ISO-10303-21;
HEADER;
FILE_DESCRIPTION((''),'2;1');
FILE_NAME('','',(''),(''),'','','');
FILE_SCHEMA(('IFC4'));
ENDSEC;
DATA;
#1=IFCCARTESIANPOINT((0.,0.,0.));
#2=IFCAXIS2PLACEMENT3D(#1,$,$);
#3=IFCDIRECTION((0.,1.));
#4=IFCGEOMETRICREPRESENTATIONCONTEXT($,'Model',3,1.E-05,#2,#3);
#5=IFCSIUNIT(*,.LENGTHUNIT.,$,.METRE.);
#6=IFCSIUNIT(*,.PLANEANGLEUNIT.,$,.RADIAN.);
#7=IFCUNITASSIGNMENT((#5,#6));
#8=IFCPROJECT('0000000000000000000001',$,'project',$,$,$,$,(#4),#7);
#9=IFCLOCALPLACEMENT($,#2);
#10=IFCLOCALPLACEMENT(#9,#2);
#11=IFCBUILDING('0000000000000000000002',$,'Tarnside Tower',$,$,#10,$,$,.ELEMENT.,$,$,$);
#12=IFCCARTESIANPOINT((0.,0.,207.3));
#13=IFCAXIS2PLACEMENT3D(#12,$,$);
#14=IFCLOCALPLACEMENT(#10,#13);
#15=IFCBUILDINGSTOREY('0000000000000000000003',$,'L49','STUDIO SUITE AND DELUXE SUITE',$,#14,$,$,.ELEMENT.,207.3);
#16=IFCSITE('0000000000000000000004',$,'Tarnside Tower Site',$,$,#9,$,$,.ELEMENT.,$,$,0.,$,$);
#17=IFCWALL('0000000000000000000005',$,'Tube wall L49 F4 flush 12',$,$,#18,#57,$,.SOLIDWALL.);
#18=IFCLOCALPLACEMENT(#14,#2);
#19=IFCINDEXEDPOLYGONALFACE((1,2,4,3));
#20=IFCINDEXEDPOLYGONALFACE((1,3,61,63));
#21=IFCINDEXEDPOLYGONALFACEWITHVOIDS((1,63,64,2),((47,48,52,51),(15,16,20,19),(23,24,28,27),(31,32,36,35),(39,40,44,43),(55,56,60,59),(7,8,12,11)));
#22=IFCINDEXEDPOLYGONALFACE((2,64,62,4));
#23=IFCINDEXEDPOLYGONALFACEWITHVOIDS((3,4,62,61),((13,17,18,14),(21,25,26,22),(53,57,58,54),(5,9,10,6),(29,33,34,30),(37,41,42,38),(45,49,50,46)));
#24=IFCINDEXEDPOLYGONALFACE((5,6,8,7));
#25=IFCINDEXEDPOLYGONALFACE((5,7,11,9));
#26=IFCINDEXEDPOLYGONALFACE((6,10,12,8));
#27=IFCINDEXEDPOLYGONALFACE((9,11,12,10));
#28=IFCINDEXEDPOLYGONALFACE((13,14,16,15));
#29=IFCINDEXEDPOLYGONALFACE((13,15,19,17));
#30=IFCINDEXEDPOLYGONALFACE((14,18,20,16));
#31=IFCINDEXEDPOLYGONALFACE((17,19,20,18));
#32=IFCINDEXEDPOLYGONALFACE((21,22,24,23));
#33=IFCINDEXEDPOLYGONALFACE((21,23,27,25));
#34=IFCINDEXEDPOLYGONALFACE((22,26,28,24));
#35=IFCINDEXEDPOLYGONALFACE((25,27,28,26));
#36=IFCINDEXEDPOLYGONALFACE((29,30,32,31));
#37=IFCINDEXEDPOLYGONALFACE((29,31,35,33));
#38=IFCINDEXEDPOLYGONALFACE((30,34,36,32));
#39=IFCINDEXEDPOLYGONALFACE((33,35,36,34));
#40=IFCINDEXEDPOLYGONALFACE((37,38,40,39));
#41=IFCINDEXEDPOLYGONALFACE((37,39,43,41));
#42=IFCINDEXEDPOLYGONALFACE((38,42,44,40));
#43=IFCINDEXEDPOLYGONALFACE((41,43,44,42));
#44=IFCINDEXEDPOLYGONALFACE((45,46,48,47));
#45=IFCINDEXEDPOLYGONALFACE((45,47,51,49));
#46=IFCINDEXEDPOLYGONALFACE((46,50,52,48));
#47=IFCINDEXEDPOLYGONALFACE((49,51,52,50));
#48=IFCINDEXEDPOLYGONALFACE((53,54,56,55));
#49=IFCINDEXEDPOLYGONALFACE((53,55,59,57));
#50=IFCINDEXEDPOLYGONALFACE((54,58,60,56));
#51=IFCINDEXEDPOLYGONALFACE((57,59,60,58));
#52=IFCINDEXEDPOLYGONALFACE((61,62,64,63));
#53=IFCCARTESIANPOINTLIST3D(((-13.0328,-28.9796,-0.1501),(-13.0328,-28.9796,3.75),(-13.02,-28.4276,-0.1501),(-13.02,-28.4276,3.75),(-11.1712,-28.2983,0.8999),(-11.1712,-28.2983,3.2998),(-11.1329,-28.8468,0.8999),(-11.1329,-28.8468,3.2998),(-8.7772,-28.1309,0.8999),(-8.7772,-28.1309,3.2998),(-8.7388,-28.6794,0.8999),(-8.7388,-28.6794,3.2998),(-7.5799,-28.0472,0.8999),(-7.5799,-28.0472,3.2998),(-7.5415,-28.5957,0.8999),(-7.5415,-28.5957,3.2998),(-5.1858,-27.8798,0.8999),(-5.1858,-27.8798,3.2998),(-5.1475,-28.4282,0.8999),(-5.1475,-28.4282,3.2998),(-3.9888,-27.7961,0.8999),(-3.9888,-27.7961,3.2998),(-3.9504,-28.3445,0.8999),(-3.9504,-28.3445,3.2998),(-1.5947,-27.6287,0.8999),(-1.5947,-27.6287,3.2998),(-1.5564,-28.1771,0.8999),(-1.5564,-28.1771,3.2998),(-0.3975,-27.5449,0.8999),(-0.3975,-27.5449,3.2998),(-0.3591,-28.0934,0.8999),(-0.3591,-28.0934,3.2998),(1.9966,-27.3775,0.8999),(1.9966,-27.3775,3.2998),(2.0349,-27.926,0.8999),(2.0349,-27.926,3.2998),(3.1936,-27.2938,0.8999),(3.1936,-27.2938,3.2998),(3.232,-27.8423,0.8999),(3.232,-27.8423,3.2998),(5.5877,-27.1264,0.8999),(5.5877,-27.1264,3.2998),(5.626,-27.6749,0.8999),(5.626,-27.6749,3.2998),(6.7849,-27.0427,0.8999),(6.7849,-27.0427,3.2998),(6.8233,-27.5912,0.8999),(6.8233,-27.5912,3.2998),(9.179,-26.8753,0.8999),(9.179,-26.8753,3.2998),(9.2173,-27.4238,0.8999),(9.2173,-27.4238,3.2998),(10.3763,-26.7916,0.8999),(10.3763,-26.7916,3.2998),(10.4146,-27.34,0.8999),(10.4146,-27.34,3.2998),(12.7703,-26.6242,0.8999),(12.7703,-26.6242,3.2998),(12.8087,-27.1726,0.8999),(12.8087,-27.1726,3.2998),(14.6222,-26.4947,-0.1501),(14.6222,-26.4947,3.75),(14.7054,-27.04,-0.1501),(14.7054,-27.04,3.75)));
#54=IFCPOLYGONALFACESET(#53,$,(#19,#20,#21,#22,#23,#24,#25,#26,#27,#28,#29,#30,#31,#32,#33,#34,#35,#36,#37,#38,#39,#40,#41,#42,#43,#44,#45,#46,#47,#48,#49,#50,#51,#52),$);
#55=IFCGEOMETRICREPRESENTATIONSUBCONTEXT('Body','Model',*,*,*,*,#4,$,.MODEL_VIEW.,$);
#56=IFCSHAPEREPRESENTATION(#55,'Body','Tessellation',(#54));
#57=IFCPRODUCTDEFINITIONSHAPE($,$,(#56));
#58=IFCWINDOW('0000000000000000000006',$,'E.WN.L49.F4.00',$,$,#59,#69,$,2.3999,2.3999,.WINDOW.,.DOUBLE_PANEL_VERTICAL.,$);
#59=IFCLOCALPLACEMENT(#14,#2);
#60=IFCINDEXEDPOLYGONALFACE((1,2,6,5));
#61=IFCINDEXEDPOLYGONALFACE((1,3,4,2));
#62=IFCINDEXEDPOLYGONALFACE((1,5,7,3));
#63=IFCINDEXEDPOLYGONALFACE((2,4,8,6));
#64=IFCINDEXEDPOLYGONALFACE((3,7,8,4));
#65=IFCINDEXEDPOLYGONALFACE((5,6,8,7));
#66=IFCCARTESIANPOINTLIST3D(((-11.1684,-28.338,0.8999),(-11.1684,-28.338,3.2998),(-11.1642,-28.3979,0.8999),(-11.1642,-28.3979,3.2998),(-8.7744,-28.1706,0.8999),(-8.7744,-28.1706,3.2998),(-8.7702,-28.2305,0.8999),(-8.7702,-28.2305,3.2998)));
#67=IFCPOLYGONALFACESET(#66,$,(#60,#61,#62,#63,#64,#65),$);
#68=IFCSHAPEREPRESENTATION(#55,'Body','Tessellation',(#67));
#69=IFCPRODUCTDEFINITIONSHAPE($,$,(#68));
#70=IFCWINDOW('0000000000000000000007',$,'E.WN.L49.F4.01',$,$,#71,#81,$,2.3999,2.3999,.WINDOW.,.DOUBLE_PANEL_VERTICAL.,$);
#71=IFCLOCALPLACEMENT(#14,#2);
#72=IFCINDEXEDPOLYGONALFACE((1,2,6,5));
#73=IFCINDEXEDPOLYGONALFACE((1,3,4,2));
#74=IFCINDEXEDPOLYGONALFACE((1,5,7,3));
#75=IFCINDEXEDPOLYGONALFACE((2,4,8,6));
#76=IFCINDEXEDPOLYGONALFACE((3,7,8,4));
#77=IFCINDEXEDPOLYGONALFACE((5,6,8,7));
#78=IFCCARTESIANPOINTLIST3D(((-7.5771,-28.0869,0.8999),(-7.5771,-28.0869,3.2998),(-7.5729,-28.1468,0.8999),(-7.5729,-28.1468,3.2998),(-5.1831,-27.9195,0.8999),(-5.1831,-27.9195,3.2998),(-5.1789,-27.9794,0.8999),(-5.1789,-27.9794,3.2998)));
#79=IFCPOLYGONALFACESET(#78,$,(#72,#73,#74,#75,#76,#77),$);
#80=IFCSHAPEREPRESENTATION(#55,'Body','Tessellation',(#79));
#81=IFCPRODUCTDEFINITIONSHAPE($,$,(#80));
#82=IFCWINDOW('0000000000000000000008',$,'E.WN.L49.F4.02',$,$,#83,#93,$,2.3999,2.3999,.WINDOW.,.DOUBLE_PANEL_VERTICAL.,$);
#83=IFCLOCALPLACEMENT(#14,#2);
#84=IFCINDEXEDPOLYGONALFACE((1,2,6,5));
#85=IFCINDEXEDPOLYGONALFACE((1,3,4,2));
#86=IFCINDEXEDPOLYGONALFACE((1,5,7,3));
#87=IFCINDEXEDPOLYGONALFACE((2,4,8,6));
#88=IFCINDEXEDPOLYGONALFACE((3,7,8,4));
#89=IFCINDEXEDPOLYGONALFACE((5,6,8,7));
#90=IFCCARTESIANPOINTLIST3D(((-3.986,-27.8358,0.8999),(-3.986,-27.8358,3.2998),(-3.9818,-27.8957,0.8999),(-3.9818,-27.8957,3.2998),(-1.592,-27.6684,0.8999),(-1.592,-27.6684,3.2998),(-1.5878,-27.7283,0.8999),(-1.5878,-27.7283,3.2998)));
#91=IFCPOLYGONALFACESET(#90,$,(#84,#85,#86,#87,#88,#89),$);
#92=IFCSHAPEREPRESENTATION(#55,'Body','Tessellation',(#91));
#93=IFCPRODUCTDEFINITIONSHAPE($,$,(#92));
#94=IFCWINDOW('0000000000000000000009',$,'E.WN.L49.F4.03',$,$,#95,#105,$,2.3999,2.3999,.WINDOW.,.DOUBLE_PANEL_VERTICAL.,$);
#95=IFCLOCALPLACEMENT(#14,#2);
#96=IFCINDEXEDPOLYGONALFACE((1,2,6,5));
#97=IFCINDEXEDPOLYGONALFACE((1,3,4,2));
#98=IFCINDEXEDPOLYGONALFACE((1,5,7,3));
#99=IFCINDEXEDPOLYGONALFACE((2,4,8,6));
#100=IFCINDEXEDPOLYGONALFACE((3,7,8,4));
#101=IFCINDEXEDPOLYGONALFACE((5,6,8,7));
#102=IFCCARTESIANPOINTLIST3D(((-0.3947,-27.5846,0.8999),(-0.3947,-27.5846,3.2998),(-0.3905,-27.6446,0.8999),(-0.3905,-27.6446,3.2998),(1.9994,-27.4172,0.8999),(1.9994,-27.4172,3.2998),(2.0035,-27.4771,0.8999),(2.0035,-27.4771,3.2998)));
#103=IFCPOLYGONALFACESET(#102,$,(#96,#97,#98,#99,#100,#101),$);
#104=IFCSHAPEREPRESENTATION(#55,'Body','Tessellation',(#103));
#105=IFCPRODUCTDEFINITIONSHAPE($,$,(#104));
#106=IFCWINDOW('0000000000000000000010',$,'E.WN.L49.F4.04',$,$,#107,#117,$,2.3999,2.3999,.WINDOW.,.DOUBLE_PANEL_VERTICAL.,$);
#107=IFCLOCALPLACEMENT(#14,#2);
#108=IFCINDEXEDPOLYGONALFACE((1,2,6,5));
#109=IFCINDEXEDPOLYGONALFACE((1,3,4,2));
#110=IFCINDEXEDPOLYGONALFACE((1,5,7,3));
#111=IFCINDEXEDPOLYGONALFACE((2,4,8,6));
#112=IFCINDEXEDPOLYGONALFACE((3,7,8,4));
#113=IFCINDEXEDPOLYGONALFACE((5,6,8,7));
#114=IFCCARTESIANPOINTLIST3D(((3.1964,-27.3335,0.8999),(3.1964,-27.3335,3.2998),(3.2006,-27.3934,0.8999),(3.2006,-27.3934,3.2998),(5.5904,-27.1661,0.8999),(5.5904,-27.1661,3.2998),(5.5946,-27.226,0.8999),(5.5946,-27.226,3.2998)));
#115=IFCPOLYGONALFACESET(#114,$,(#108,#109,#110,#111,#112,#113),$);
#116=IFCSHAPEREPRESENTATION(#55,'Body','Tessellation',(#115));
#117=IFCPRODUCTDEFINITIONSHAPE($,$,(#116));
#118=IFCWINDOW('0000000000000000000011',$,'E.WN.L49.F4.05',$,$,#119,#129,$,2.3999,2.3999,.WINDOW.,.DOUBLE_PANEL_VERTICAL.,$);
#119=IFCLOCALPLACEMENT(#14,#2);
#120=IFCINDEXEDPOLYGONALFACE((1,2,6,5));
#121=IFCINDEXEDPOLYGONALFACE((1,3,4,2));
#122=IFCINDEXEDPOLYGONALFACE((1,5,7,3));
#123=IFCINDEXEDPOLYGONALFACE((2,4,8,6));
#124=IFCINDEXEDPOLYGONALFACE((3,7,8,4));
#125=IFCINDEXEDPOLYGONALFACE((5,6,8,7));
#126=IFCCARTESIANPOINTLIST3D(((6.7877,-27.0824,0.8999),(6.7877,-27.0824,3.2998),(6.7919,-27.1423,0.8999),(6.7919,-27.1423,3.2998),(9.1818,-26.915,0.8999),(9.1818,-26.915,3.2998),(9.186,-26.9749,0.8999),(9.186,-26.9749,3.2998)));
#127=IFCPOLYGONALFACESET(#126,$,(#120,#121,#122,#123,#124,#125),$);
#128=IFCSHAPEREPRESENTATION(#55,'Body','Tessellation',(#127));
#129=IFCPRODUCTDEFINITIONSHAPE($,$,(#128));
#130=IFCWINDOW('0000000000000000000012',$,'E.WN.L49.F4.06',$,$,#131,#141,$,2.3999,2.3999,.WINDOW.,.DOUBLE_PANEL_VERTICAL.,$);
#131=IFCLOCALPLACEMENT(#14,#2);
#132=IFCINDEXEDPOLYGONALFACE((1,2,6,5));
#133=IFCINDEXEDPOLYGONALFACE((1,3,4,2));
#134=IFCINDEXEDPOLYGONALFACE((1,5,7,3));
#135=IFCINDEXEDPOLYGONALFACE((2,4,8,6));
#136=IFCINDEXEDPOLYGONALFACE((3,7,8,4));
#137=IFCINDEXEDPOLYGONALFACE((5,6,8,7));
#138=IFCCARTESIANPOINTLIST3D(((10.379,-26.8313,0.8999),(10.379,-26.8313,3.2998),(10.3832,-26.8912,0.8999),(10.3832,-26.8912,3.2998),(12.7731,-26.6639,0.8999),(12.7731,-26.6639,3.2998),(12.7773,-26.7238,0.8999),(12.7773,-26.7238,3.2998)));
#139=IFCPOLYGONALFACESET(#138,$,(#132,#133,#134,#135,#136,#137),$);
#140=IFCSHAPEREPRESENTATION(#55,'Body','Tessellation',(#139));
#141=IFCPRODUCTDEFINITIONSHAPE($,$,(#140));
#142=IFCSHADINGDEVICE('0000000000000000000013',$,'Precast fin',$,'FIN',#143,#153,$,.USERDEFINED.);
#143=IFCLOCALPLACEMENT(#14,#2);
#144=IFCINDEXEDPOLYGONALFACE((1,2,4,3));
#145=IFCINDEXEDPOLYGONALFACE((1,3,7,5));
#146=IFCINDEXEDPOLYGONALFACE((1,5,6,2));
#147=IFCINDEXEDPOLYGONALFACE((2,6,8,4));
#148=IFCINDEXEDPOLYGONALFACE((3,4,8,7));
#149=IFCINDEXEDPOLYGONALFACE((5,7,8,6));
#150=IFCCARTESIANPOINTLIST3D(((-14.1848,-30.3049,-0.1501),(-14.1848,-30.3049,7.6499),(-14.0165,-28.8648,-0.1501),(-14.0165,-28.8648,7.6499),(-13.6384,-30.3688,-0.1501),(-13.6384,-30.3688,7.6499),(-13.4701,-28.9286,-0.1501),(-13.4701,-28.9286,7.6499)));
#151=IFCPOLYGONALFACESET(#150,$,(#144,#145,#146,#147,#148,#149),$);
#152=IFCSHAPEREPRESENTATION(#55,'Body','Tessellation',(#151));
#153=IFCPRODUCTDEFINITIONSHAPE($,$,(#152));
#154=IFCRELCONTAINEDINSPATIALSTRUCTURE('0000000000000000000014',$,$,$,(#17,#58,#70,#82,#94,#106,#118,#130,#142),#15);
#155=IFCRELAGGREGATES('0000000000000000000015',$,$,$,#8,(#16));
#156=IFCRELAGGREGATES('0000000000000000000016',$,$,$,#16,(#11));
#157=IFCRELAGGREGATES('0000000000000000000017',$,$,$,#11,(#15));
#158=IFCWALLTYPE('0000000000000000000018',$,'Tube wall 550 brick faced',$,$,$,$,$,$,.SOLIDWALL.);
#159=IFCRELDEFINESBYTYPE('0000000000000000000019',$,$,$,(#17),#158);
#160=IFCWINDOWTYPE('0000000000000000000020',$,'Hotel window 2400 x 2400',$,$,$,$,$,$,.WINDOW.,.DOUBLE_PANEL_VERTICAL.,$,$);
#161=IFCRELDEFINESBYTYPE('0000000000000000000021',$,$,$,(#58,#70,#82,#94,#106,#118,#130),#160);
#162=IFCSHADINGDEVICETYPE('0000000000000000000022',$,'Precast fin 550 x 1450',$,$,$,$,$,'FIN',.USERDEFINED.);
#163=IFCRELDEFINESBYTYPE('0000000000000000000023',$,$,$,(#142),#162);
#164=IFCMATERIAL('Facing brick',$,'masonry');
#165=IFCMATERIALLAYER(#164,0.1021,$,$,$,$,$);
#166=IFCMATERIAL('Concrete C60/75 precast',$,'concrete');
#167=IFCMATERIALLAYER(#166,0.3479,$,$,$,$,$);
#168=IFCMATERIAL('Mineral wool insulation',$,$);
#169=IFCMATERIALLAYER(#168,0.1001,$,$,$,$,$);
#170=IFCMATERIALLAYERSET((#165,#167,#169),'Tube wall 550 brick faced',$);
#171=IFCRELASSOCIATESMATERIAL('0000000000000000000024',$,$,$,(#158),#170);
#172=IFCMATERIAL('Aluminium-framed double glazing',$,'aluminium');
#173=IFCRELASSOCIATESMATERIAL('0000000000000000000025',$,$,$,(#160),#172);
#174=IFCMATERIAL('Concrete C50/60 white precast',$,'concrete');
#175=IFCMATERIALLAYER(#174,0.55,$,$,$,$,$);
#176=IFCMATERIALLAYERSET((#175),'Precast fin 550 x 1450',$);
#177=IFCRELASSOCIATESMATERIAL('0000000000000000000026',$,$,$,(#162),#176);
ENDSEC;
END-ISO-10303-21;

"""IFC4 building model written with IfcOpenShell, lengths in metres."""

from ifc_helpers import new_model, si_unit, direction, frame, frame_2d, origin, place, context, subcontext, project, spatial, polyline, rectangle, outline, extrude, material, layer, layer_set, type_object, element, fill, save


model = new_model("IFC4")

# Units and contexts
model_context = context("Model", 3, precision=1e-05, world=origin(), true_north=direction((0.0, 1.0)))
body_context = subcontext(model_context, "Body", "Model", "MODEL_VIEW")
ifc_project = project(units=[si_unit("LENGTHUNIT", "METRE"), si_unit("PLANEANGLEUNIT", "RADIAN")], contexts=[model_context])

# Site, building, storey
site_placement = place(None, origin())
site = spatial("IfcSite", under=ifc_project, at=site_placement, Name="Tarnside Tower Site", CompositionType="ELEMENT", RefElevation=0.0)
building_placement = place(site_placement, origin())
building = spatial("IfcBuilding", under=site, at=building_placement, Name="Tarnside Tower", CompositionType="ELEMENT")
storey_placement = place(building_placement, frame((0.0, 0.0, 207.3)))
storey = spatial("IfcBuildingStorey", under=building, at=storey_placement, Name="L49", Description="STUDIO SUITE AND DELUXE SUITE", CompositionType="ELEMENT", Elevation=207.3)

# Shared definitions
ifc_material_1 = material(Name="Facing brick", Category="masonry")
ifc_layer_1 = layer(ifc_material_1, 0.1021)
ifc_material_2 = material(Name="Concrete C60/75 precast", Category="concrete")
ifc_layer_2 = layer(ifc_material_2, 0.3479)
ifc_material_3 = material(Name="Mineral wool insulation")
ifc_layer_3 = layer(ifc_material_3, 0.1001)
ifc_layer_set_1 = layer_set([ifc_layer_1, ifc_layer_2, ifc_layer_3], Name="Tube wall 550 brick faced")
wall_type_1 = type_object("IfcWallType", Name="Tube wall 550 brick faced", PredefinedType="SOLIDWALL", material=ifc_layer_set_1)

# Wall, openings, windows
wall_1_placement = place(storey_placement, frame((-13.0264, -28.7036, -0.1501), z_axis=(0.0, 0.0, 1.0), x_axis=(0.997564, 0.069756, 0.0)))
wall_1 = element("IfcWall", 1, at=wall_1_placement, inside=storey, type_object=wall_type_1, Name="Tube wall L49 F4 flush 12", PredefinedType="SOLIDWALL", context=body_context, shape_type="SweptSolid", body=[
    extrude(outline(polyline([(-0.0256, -0.2749), (27.7803, -0.2749), (27.7354, 0.2749), (0.0256, 0.2749), (-0.0256, -0.2749)])), origin(), (0.0, 0.0, 1.0), 3.9001),
])
opening_1_placement = place(wall_1_placement, frame((1.8789, 0.0, 1.05)))
opening_1 = element("IfcOpeningElement", 2, at=opening_1_placement, cuts=wall_1, PredefinedType="OPENING", context=body_context, shape_type="SweptSolid", body=[
    extrude(rectangle(XDim=2.3999, YDim=2.3999, at=frame_2d((1.2, 1.2))), frame((0.0, 0.2852, 0.0), z_axis=(0.0, -1.0, 0.0), x_axis=(1.0, 0.0, 0.0)), (0.0, 0.0, 1.0), 0.5701),
])
opening_2_placement = place(wall_1_placement, frame((5.479, 0.0, 1.05)))
opening_2 = element("IfcOpeningElement", 3, at=opening_2_placement, cuts=wall_1, PredefinedType="OPENING", context=body_context, shape_type="SweptSolid", body=[
    extrude(rectangle(XDim=2.3999, YDim=2.3999, at=frame_2d((1.2, 1.2))), frame((0.0, 0.2852, 0.0), z_axis=(0.0, -1.0, 0.0), x_axis=(1.0, 0.0, 0.0)), (0.0, 0.0, 1.0), 0.5701),
])
opening_3_placement = place(wall_1_placement, frame((9.0789, 0.0, 1.05)))
opening_3 = element("IfcOpeningElement", 4, at=opening_3_placement, cuts=wall_1, PredefinedType="OPENING", context=body_context, shape_type="SweptSolid", body=[
    extrude(rectangle(XDim=2.3999, YDim=2.3999, at=frame_2d((1.2, 1.2))), frame((0.0, 0.2852, 0.0), z_axis=(0.0, -1.0, 0.0), x_axis=(1.0, 0.0, 0.0)), (0.0, 0.0, 1.0), 0.5701),
])
opening_4_placement = place(wall_1_placement, frame((12.679, 0.0, 1.05)))
opening_4 = element("IfcOpeningElement", 5, at=opening_4_placement, cuts=wall_1, PredefinedType="OPENING", context=body_context, shape_type="SweptSolid", body=[
    extrude(rectangle(XDim=2.3999, YDim=2.3999, at=frame_2d((1.2, 1.2))), frame((0.0, 0.2852, 0.0), z_axis=(0.0, -1.0, 0.0), x_axis=(1.0, 0.0, 0.0)), (0.0, 0.0, 1.0), 0.5701),
])
opening_5_placement = place(wall_1_placement, frame((16.2788, 0.0, 1.05)))
opening_5 = element("IfcOpeningElement", 6, at=opening_5_placement, cuts=wall_1, PredefinedType="OPENING", context=body_context, shape_type="SweptSolid", body=[
    extrude(rectangle(XDim=2.3999, YDim=2.3999, at=frame_2d((1.2, 1.2))), frame((0.0, 0.2852, 0.0), z_axis=(0.0, -1.0, 0.0), x_axis=(1.0, 0.0, 0.0)), (0.0, 0.0, 1.0), 0.5701),
])
opening_6_placement = place(wall_1_placement, frame((19.8789, 0.0, 1.05)))
opening_6 = element("IfcOpeningElement", 7, at=opening_6_placement, cuts=wall_1, PredefinedType="OPENING", context=body_context, shape_type="SweptSolid", body=[
    extrude(rectangle(XDim=2.3999, YDim=2.3999, at=frame_2d((1.2, 1.2))), frame((0.0, 0.2852, 0.0), z_axis=(0.0, -1.0, 0.0), x_axis=(1.0, 0.0, 0.0)), (0.0, 0.0, 1.0), 0.5701),
])
opening_7_placement = place(wall_1_placement, frame((23.479, 0.0, 1.05)))
opening_7 = element("IfcOpeningElement", 8, at=opening_7_placement, cuts=wall_1, PredefinedType="OPENING", context=body_context, shape_type="SweptSolid", body=[
    extrude(rectangle(XDim=2.3999, YDim=2.3999, at=frame_2d((1.2, 1.2))), frame((0.0, 0.2852, 0.0), z_axis=(0.0, -1.0, 0.0), x_axis=(1.0, 0.0, 0.0)), (0.0, 0.0, 1.0), 0.5701),
])
ifc_material_4 = material(Name="Aluminium-framed double glazing", Category="aluminium")
window_type = type_object("IfcWindowType", Name="Hotel window 2400 x 2400", PartitioningType="DOUBLE_PANEL_VERTICAL", PredefinedType="WINDOW", material=ifc_material_4)
window_1_placement = place(opening_1_placement, frame((0.0, 0.2051, 0.0)))
window_1 = element("IfcWindow", 9, at=window_1_placement, inside=storey, type_object=window_type, Name="E.WN.L49.F4.00", OverallHeight=2.3999, OverallWidth=2.3999, PartitioningType="DOUBLE_PANEL_VERTICAL", PredefinedType="WINDOW", context=body_context, shape_type="SweptSolid", body=[
    extrude(rectangle(XDim=2.3999, YDim=2.3999, at=frame_2d((1.2, 1.2))), frame((0.0, 0.03, 0.0), z_axis=(0.0, -1.0, 0.0), x_axis=(1.0, 0.0, 0.0)), (0.0, 0.0, 1.0), 0.0601),
])
fill(opening_1, window_1)
window_2_placement = place(opening_2_placement, frame((0.0, 0.2051, 0.0)))
window_2 = element("IfcWindow", 10, at=window_2_placement, inside=storey, type_object=window_type, Name="E.WN.L49.F4.01", OverallHeight=2.3999, OverallWidth=2.3999, PartitioningType="DOUBLE_PANEL_VERTICAL", PredefinedType="WINDOW", context=body_context, shape_type="SweptSolid", body=[
    extrude(rectangle(XDim=2.3999, YDim=2.3999, at=frame_2d((1.2, 1.2))), frame((0.0, 0.03, 0.0), z_axis=(0.0, -1.0, 0.0), x_axis=(1.0, 0.0, 0.0)), (0.0, 0.0, 1.0), 0.0601),
])
fill(opening_2, window_2)
window_3_placement = place(opening_3_placement, frame((0.0, 0.2051, 0.0)))
window_3 = element("IfcWindow", 11, at=window_3_placement, inside=storey, type_object=window_type, Name="E.WN.L49.F4.02", OverallHeight=2.3999, OverallWidth=2.3999, PartitioningType="DOUBLE_PANEL_VERTICAL", PredefinedType="WINDOW", context=body_context, shape_type="SweptSolid", body=[
    extrude(rectangle(XDim=2.3999, YDim=2.3999, at=frame_2d((1.2, 1.2))), frame((0.0, 0.03, 0.0), z_axis=(0.0, -1.0, 0.0), x_axis=(1.0, 0.0, 0.0)), (0.0, 0.0, 1.0), 0.0601),
])
fill(opening_3, window_3)
window_4_placement = place(opening_4_placement, frame((0.0, 0.2051, 0.0)))
window_4 = element("IfcWindow", 12, at=window_4_placement, inside=storey, type_object=window_type, Name="E.WN.L49.F4.03", OverallHeight=2.3999, OverallWidth=2.3999, PartitioningType="DOUBLE_PANEL_VERTICAL", PredefinedType="WINDOW", context=body_context, shape_type="SweptSolid", body=[
    extrude(rectangle(XDim=2.3999, YDim=2.3999, at=frame_2d((1.2, 1.2))), frame((0.0, 0.03, 0.0), z_axis=(0.0, -1.0, 0.0), x_axis=(1.0, 0.0, 0.0)), (0.0, 0.0, 1.0), 0.0601),
])
fill(opening_4, window_4)
window_5_placement = place(opening_5_placement, frame((0.0, 0.2051, 0.0)))
window_5 = element("IfcWindow", 13, at=window_5_placement, inside=storey, type_object=window_type, Name="E.WN.L49.F4.04", OverallHeight=2.3999, OverallWidth=2.3999, PartitioningType="DOUBLE_PANEL_VERTICAL", PredefinedType="WINDOW", context=body_context, shape_type="SweptSolid", body=[
    extrude(rectangle(XDim=2.3999, YDim=2.3999, at=frame_2d((1.2, 1.2))), frame((0.0, 0.03, 0.0), z_axis=(0.0, -1.0, 0.0), x_axis=(1.0, 0.0, 0.0)), (0.0, 0.0, 1.0), 0.0601),
])
fill(opening_5, window_5)
window_6_placement = place(opening_6_placement, frame((0.0, 0.2051, 0.0)))
window_6 = element("IfcWindow", 14, at=window_6_placement, inside=storey, type_object=window_type, Name="E.WN.L49.F4.05", OverallHeight=2.3999, OverallWidth=2.3999, PartitioningType="DOUBLE_PANEL_VERTICAL", PredefinedType="WINDOW", context=body_context, shape_type="SweptSolid", body=[
    extrude(rectangle(XDim=2.3999, YDim=2.3999, at=frame_2d((1.2, 1.2))), frame((0.0, 0.03, 0.0), z_axis=(0.0, -1.0, 0.0), x_axis=(1.0, 0.0, 0.0)), (0.0, 0.0, 1.0), 0.0601),
])
fill(opening_6, window_6)
window_7_placement = place(opening_7_placement, frame((0.0, 0.2051, 0.0)))
window_7 = element("IfcWindow", 15, at=window_7_placement, inside=storey, type_object=window_type, Name="E.WN.L49.F4.06", OverallHeight=2.3999, OverallWidth=2.3999, PartitioningType="DOUBLE_PANEL_VERTICAL", PredefinedType="WINDOW", context=body_context, shape_type="SweptSolid", body=[
    extrude(rectangle(XDim=2.3999, YDim=2.3999, at=frame_2d((1.2, 1.2))), frame((0.0, 0.03, 0.0), z_axis=(0.0, -1.0, 0.0), x_axis=(1.0, 0.0, 0.0)), (0.0, 0.0, 1.0), 0.0601),
])
fill(opening_7, window_7)

# Shading device
ifc_material_5 = material(Name="Concrete C50/60 white precast", Category="concrete")
ifc_layer_4 = layer(ifc_material_5, 0.55)
ifc_layer_set_2 = layer_set([ifc_layer_4], Name="Precast fin 550 x 1450")
shading_device_type_1 = type_object("IfcShadingDeviceType", Name="Precast fin 550 x 1450", ElementType="FIN", PredefinedType="USERDEFINED", material=ifc_layer_set_2)
shading_device_placement = place(storey_placement, frame((-13.7432, -28.8967, -0.1501), z_axis=(-0.993238, 0.116093, 0.0), x_axis=(-0.116093, -0.993238, 0.0)))
element("IfcShadingDevice", 16, at=shading_device_placement, inside=storey, type_object=shading_device_type_1, Name="Precast fin", ObjectType="FIN", PredefinedType="USERDEFINED", context=body_context, shape_type="SweptSolid", body=[
    extrude(outline(polyline([(0.0, 0.0), (1.45, 0.0), (1.45, 7.8), (0.0, 7.8), (0.0, 0.0)])), frame((0.0, 0.0, -0.2749)), (0.0, 0.0, 1.0), 0.55),
])

save(model, "model.ifc")
